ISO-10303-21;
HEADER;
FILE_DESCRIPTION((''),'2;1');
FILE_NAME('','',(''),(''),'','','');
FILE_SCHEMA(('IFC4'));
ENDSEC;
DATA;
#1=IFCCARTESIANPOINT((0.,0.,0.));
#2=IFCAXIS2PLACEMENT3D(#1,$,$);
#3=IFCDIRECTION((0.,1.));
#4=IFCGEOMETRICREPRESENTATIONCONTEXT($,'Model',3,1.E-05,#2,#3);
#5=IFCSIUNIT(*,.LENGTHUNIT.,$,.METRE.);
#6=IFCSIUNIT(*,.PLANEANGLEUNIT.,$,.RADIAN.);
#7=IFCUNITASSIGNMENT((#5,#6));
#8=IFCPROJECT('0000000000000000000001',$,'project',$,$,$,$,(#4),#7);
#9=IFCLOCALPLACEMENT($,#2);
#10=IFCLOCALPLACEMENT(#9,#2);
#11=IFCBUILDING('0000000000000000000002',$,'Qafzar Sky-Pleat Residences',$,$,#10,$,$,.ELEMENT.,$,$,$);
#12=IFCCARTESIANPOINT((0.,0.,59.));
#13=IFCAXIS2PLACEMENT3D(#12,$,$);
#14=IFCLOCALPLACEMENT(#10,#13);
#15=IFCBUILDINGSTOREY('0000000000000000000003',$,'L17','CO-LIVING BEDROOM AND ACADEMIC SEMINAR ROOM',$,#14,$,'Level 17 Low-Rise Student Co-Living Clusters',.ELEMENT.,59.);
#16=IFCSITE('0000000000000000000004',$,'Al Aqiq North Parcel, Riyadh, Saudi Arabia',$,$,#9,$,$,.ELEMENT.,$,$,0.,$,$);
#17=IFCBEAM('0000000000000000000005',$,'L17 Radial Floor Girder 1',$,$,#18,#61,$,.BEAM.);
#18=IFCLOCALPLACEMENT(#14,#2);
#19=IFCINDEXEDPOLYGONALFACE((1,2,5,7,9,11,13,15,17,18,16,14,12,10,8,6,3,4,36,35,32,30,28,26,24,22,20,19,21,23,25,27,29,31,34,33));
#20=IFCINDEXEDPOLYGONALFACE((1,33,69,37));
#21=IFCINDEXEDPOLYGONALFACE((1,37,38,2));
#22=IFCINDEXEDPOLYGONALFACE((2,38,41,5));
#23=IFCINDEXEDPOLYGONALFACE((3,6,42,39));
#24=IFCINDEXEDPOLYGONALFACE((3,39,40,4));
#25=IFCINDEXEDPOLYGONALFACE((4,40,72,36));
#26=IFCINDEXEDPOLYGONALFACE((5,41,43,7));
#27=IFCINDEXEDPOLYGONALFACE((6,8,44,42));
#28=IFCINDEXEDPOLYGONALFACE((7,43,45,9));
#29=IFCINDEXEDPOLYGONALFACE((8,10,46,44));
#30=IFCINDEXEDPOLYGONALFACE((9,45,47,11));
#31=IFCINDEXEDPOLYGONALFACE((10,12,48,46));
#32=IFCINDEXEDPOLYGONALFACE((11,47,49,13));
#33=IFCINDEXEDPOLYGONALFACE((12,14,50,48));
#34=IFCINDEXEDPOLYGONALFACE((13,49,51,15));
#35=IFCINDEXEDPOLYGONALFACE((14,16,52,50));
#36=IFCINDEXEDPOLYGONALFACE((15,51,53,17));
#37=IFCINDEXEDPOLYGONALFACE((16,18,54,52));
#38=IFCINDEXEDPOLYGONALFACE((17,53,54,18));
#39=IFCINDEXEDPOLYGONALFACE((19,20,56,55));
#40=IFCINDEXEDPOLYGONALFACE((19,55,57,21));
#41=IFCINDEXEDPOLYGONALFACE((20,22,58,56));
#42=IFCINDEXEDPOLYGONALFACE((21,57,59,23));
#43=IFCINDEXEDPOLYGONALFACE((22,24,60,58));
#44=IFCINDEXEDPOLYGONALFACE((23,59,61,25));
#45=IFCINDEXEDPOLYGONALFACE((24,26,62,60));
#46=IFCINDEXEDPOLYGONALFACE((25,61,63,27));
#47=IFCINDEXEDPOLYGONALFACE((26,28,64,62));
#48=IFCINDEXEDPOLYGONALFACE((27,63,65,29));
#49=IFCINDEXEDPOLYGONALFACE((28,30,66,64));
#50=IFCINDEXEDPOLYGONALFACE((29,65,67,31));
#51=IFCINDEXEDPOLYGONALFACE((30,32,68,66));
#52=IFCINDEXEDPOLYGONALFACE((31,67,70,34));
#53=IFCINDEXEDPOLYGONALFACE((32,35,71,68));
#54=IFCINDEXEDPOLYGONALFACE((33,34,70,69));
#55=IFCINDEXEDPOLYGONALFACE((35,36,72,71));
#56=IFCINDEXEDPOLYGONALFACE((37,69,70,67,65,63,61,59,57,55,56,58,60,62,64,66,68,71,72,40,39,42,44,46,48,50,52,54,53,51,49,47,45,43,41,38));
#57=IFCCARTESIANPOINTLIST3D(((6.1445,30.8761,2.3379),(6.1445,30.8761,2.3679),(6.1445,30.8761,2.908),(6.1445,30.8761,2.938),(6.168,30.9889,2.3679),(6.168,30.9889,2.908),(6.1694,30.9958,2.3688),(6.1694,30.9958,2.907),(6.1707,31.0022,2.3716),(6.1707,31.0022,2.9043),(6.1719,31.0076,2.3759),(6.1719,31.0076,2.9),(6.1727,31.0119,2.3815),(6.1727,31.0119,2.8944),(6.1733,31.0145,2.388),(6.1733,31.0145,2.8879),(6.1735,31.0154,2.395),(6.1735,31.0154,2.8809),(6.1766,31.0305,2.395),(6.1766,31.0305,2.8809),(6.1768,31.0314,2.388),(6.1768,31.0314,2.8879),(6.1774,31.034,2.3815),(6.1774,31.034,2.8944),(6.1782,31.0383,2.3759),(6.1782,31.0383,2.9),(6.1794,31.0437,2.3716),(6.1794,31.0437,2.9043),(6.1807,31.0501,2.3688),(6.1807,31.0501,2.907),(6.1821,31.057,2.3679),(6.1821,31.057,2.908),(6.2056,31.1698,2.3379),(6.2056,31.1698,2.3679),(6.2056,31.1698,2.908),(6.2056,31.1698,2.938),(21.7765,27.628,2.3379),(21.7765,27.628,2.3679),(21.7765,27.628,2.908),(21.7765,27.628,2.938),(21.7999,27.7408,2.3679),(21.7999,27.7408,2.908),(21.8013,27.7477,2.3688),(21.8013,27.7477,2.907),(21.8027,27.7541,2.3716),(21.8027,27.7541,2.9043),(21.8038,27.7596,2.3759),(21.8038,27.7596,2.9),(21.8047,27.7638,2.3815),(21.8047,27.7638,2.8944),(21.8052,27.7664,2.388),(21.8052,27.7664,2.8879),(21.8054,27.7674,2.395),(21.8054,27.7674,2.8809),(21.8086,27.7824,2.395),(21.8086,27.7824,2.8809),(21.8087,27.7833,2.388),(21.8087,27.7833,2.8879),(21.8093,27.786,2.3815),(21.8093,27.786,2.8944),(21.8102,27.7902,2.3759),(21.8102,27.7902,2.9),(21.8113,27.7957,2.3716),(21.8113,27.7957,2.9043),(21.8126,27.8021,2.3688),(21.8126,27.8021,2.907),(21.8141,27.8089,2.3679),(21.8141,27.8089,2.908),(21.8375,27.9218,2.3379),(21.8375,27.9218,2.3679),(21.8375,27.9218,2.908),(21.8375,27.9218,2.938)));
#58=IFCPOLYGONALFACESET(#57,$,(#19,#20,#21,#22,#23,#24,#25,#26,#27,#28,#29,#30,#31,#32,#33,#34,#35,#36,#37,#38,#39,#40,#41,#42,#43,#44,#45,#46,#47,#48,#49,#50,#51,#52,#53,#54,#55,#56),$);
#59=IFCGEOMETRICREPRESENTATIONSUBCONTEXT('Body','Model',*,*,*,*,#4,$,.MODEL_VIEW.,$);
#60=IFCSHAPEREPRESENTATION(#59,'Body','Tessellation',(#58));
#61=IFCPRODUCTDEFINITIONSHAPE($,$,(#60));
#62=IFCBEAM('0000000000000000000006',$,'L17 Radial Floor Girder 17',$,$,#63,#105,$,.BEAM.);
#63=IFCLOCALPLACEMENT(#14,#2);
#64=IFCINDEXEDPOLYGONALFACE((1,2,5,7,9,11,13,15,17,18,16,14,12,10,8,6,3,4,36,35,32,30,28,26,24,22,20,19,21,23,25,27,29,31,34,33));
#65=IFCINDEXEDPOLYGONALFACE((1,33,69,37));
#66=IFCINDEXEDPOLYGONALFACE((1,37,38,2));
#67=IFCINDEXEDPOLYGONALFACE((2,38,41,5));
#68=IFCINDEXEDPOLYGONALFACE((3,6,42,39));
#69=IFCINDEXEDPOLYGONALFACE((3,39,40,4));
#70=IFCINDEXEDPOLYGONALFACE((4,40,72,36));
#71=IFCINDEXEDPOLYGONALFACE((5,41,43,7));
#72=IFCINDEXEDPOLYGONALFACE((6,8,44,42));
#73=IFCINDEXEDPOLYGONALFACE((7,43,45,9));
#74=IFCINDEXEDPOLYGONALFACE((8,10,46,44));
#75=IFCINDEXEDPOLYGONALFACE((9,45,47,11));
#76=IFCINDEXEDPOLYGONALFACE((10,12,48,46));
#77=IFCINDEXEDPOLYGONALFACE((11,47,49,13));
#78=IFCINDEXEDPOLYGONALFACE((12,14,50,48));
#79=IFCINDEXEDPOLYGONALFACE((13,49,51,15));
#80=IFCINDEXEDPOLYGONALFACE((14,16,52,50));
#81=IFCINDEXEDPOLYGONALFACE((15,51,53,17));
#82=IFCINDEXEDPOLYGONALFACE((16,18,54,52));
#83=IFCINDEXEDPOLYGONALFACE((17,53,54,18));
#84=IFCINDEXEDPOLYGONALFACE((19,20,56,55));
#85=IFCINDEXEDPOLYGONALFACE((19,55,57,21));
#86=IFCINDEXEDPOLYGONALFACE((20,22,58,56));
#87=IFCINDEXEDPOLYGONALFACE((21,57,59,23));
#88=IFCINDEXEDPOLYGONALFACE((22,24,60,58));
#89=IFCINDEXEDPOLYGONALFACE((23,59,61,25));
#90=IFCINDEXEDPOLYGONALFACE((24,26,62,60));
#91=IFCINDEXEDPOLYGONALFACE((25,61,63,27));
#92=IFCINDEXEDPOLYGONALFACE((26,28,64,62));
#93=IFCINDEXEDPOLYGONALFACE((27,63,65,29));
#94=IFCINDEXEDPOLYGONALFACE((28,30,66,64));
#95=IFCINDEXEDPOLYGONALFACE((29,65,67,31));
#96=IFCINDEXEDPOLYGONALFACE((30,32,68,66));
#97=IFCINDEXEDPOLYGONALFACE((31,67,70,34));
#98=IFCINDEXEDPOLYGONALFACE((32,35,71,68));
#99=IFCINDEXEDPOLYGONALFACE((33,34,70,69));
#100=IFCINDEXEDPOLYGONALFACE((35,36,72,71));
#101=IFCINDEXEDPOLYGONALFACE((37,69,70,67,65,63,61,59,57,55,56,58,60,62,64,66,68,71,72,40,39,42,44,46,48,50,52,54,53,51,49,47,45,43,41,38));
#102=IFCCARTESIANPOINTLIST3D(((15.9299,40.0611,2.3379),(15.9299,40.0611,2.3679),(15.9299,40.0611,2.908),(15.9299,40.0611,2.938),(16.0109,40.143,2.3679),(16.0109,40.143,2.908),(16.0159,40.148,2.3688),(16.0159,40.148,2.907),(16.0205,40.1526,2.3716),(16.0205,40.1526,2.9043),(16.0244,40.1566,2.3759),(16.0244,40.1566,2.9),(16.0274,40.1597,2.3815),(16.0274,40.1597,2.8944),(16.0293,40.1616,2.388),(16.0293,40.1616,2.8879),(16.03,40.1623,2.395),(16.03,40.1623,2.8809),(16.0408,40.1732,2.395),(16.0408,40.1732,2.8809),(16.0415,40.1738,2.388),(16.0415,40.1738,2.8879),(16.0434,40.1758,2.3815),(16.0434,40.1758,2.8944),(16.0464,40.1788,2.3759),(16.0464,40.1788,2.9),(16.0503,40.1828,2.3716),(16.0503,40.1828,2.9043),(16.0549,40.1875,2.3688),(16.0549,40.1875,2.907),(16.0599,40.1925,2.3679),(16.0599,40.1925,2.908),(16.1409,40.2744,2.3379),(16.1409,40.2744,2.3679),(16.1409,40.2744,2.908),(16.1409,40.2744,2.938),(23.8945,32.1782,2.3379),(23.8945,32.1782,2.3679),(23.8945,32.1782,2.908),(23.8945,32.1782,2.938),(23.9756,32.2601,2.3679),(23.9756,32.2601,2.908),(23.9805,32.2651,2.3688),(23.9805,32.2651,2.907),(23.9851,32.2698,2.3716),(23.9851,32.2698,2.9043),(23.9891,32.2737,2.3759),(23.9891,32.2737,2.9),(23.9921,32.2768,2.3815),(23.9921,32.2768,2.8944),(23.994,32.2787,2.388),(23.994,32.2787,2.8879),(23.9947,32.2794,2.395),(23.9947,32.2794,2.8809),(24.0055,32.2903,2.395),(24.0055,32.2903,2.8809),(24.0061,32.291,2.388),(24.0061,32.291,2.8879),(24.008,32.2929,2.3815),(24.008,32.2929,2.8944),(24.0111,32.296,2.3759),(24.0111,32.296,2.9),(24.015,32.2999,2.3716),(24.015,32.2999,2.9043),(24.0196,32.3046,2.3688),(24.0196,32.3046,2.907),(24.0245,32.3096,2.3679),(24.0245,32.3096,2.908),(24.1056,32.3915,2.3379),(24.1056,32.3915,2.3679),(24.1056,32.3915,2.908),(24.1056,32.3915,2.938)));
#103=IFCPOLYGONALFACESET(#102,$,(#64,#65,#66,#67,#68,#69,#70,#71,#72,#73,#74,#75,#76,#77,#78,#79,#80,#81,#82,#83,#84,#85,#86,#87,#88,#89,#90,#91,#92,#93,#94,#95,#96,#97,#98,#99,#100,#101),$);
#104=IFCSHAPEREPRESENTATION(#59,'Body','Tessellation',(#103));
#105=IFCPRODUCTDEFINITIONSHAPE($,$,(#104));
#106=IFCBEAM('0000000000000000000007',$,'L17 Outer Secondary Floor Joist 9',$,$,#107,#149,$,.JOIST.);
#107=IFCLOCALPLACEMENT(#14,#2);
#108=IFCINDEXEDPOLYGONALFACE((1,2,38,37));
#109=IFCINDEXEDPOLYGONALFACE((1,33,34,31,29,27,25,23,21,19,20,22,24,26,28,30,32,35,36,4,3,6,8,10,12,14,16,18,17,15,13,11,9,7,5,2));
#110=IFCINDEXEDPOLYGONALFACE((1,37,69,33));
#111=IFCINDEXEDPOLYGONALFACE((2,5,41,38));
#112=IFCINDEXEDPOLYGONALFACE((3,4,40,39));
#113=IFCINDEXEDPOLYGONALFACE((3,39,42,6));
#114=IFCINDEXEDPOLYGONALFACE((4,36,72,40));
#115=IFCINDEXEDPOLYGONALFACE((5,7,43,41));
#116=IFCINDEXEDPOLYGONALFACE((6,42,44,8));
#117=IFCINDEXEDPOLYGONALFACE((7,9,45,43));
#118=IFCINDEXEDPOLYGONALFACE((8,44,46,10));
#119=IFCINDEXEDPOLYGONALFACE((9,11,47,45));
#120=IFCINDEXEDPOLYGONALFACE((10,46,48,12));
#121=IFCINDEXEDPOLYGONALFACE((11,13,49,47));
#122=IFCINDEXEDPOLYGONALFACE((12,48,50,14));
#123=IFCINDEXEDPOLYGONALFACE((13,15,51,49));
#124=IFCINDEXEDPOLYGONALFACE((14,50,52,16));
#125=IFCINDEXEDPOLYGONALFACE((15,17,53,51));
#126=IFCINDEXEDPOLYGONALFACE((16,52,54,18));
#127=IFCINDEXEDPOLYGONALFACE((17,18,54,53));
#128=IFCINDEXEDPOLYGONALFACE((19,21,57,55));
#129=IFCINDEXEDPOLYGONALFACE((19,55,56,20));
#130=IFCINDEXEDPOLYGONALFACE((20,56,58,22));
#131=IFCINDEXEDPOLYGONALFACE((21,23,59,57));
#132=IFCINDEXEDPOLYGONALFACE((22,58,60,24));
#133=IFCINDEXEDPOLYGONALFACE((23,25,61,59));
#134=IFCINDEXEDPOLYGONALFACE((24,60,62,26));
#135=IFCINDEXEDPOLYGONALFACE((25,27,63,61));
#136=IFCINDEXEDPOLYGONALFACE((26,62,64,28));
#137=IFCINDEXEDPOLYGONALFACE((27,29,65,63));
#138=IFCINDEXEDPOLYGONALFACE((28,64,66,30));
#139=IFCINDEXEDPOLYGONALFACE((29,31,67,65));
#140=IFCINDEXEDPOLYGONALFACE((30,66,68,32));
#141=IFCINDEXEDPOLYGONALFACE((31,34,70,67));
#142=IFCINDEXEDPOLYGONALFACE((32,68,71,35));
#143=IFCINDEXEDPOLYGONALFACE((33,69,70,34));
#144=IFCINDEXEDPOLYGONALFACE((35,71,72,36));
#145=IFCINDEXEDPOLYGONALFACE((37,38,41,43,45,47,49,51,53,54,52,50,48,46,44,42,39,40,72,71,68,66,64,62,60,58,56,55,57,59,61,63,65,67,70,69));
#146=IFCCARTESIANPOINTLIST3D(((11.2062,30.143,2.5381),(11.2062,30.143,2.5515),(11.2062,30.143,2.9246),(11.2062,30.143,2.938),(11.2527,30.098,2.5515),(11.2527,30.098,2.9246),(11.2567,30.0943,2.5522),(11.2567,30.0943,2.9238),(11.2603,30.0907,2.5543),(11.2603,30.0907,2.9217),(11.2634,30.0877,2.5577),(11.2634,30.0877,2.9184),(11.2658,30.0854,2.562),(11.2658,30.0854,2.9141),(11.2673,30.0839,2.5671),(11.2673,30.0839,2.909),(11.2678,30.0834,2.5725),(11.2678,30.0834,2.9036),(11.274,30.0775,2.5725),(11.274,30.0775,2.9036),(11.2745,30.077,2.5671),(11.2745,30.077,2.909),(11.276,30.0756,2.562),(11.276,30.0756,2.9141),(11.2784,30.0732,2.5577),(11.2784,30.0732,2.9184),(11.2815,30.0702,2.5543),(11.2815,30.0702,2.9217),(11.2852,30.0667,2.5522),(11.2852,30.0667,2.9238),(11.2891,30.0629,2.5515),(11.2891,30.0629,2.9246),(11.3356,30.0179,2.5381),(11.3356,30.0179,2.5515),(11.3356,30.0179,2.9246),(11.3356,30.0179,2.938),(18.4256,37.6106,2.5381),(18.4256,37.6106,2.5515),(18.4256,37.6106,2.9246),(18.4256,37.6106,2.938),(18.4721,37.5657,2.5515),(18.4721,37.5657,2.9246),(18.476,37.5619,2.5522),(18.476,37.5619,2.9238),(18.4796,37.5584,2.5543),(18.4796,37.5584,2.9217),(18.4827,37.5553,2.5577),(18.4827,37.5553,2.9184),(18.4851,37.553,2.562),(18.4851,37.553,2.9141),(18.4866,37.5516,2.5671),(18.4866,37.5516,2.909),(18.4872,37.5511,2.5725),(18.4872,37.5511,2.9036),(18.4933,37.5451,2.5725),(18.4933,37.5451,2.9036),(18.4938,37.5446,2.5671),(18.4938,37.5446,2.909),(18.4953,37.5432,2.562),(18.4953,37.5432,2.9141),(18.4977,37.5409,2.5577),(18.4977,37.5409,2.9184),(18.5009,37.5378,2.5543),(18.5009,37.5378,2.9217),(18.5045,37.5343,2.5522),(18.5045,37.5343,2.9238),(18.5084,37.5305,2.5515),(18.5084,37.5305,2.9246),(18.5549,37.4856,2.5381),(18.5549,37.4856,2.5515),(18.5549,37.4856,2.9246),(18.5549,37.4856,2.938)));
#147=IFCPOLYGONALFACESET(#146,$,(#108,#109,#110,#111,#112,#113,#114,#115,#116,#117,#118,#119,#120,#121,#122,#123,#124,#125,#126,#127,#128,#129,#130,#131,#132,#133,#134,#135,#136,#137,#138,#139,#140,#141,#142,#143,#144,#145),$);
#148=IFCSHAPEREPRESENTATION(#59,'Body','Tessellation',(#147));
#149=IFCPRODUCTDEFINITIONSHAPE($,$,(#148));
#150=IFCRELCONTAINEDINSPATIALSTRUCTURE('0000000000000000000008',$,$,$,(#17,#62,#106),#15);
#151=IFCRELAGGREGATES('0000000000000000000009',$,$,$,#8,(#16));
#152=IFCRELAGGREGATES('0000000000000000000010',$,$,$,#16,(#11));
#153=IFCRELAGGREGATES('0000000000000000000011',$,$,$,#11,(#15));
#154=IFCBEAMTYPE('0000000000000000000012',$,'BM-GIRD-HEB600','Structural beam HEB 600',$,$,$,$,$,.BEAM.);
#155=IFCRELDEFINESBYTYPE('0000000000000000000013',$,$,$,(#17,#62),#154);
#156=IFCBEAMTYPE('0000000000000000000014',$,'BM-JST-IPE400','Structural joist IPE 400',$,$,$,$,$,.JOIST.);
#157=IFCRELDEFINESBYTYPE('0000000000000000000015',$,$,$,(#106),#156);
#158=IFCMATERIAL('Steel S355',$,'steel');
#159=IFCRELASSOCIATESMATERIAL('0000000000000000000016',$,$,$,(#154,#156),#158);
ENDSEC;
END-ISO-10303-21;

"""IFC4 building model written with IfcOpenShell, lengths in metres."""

from ifc_helpers import new_model, si_unit, direction, frame, origin, origin_2d, place, context, subcontext, project, spatial, i_section, extrude, source, transform, mapped, material, material_profile, profile_set, type_object, element, save


model = new_model("IFC4")

# Units and contexts
model_context = context("Model", 3, precision=1e-05, world=origin(), true_north=direction((0.0, 1.0)))
body_context = subcontext(model_context, "Body", "Model", "MODEL_VIEW")
ifc_project = project(units=[si_unit("LENGTHUNIT", "METRE"), si_unit("PLANEANGLEUNIT", "RADIAN")], contexts=[model_context])

# Site, building, storey
site_placement = place(None, origin())
site = spatial("IfcSite", under=ifc_project, at=site_placement, Name="Al Aqiq North Parcel, Riyadh, Saudi Arabia", CompositionType="ELEMENT", RefElevation=0.0)
building_placement = place(site_placement, origin())
building = spatial("IfcBuilding", under=site, at=building_placement, Name="Qafzar Sky-Pleat Residences", CompositionType="ELEMENT")
storey_placement = place(building_placement, frame((0.0, 0.0, 59.0)))
storey = spatial("IfcBuildingStorey", under=building, at=storey_placement, Name="L17", Description="CO-LIVING BEDROOM AND ACADEMIC SEMINAR ROOM", LongName="Level 17 Low-Rise Student Co-Living Clusters", CompositionType="ELEMENT", Elevation=59.0)

# Beams
ifc_material_1 = material(Name="Steel S355", Category="steel")
ifc_material_profile_1 = material_profile(ifc_material_1, i_section(OverallWidth=0.3, OverallDepth=0.6001, WebThickness=0.0154, FlangeThickness=0.03, FilletRadius=0.0271, at=origin_2d()), Name="HEB 600")
ifc_profile_set_1 = profile_set([ifc_material_profile_1], Name="Steel S355")
beam_type_1 = type_object("IfcBeamType", Name="BM-GIRD-HEB600", Description="Structural beam HEB 600", PredefinedType="BEAM", material=ifc_profile_set_1)
shared_shape_1 = source(origin(), body_context, "Body", "SweptSolid", [
    extrude(i_section(OverallWidth=0.3, OverallDepth=0.6001, WebThickness=0.0154, FlangeThickness=0.03, FilletRadius=0.0271, at=origin_2d()), origin(), (0.0, 0.0, 1.0), 15.9658),
])
beam_1_placement = place(storey_placement, frame((6.175, 31.0229, 2.6379), z_axis=(0.979088, -0.203439, 0.0), x_axis=(0.203439, 0.979088, 0.0)))
element("IfcBeam", 1, at=beam_1_placement, inside=storey, type_object=beam_type_1, Name="L17 Radial Floor Girder 1", PredefinedType="BEAM", context=body_context, shape_type="MappedRepresentation", body=[
    mapped(shared_shape_1, transform((0.0, 0.0, 0.0), x_axis=(1.0, 0.0, 0.0), y_axis=(0.0, 1.0, 0.0), z_axis=(0.0, 0.0, 1.0), scale=1.0)),
])
shared_shape_2 = source(origin(), body_context, "Body", "SweptSolid", [
    extrude(i_section(OverallWidth=0.3, OverallDepth=0.6001, WebThickness=0.0154, FlangeThickness=0.03, FilletRadius=0.0271, at=origin_2d()), origin(), (0.0, 0.0, 1.0), 11.2061),
])
beam_2_placement = place(storey_placement, frame((16.0354, 40.1677, 2.6379), z_axis=(0.710747, -0.703448, 0.0), x_axis=(0.703448, 0.710747, 0.0)))
element("IfcBeam", 2, at=beam_2_placement, inside=storey, type_object=beam_type_1, Name="L17 Radial Floor Girder 17", PredefinedType="BEAM", context=body_context, shape_type="MappedRepresentation", body=[
    mapped(shared_shape_2, transform((0.0, 0.0, 0.0), x_axis=(1.0, 0.0, 0.0), y_axis=(0.0, 1.0, 0.0), z_axis=(0.0, 0.0, 1.0), scale=1.0)),
])
ifc_material_profile_2 = material_profile(ifc_material_1, i_section(OverallWidth=0.1799, OverallDepth=0.3999, WebThickness=0.0085, FlangeThickness=0.0134, FilletRadius=0.021, at=origin_2d()), Name="IPE 400")
ifc_profile_set_2 = profile_set([ifc_material_profile_2], Name="Steel S355")
beam_type_2 = type_object("IfcBeamType", Name="BM-JST-IPE400", Description="Structural joist IPE 400", PredefinedType="JOIST", material=ifc_profile_set_2)
shared_shape_3 = source(origin(), body_context, "Body", "SweptSolid", [
    extrude(i_section(OverallWidth=0.1799, OverallDepth=0.3999, WebThickness=0.0085, FlangeThickness=0.0134, FilletRadius=0.021, at=origin_2d()), origin(), (0.0, 0.0, 1.0), 10.3867),
])
beam_3_placement = place(storey_placement, frame((18.4902, 37.5481, 2.738), z_axis=(-0.695053, -0.718958, 0.0), x_axis=(0.718958, -0.695053, 0.0)))
element("IfcBeam", 3, at=beam_3_placement, inside=storey, type_object=beam_type_2, Name="L17 Outer Secondary Floor Joist 9", PredefinedType="JOIST", context=body_context, shape_type="MappedRepresentation", body=[
    mapped(shared_shape_3, transform((0.0, 0.0, 0.0), x_axis=(1.0, 0.0, 0.0), y_axis=(0.0, 1.0, 0.0), z_axis=(0.0, 0.0, 1.0), scale=1.0)),
])

save(model, "model.ifc")
